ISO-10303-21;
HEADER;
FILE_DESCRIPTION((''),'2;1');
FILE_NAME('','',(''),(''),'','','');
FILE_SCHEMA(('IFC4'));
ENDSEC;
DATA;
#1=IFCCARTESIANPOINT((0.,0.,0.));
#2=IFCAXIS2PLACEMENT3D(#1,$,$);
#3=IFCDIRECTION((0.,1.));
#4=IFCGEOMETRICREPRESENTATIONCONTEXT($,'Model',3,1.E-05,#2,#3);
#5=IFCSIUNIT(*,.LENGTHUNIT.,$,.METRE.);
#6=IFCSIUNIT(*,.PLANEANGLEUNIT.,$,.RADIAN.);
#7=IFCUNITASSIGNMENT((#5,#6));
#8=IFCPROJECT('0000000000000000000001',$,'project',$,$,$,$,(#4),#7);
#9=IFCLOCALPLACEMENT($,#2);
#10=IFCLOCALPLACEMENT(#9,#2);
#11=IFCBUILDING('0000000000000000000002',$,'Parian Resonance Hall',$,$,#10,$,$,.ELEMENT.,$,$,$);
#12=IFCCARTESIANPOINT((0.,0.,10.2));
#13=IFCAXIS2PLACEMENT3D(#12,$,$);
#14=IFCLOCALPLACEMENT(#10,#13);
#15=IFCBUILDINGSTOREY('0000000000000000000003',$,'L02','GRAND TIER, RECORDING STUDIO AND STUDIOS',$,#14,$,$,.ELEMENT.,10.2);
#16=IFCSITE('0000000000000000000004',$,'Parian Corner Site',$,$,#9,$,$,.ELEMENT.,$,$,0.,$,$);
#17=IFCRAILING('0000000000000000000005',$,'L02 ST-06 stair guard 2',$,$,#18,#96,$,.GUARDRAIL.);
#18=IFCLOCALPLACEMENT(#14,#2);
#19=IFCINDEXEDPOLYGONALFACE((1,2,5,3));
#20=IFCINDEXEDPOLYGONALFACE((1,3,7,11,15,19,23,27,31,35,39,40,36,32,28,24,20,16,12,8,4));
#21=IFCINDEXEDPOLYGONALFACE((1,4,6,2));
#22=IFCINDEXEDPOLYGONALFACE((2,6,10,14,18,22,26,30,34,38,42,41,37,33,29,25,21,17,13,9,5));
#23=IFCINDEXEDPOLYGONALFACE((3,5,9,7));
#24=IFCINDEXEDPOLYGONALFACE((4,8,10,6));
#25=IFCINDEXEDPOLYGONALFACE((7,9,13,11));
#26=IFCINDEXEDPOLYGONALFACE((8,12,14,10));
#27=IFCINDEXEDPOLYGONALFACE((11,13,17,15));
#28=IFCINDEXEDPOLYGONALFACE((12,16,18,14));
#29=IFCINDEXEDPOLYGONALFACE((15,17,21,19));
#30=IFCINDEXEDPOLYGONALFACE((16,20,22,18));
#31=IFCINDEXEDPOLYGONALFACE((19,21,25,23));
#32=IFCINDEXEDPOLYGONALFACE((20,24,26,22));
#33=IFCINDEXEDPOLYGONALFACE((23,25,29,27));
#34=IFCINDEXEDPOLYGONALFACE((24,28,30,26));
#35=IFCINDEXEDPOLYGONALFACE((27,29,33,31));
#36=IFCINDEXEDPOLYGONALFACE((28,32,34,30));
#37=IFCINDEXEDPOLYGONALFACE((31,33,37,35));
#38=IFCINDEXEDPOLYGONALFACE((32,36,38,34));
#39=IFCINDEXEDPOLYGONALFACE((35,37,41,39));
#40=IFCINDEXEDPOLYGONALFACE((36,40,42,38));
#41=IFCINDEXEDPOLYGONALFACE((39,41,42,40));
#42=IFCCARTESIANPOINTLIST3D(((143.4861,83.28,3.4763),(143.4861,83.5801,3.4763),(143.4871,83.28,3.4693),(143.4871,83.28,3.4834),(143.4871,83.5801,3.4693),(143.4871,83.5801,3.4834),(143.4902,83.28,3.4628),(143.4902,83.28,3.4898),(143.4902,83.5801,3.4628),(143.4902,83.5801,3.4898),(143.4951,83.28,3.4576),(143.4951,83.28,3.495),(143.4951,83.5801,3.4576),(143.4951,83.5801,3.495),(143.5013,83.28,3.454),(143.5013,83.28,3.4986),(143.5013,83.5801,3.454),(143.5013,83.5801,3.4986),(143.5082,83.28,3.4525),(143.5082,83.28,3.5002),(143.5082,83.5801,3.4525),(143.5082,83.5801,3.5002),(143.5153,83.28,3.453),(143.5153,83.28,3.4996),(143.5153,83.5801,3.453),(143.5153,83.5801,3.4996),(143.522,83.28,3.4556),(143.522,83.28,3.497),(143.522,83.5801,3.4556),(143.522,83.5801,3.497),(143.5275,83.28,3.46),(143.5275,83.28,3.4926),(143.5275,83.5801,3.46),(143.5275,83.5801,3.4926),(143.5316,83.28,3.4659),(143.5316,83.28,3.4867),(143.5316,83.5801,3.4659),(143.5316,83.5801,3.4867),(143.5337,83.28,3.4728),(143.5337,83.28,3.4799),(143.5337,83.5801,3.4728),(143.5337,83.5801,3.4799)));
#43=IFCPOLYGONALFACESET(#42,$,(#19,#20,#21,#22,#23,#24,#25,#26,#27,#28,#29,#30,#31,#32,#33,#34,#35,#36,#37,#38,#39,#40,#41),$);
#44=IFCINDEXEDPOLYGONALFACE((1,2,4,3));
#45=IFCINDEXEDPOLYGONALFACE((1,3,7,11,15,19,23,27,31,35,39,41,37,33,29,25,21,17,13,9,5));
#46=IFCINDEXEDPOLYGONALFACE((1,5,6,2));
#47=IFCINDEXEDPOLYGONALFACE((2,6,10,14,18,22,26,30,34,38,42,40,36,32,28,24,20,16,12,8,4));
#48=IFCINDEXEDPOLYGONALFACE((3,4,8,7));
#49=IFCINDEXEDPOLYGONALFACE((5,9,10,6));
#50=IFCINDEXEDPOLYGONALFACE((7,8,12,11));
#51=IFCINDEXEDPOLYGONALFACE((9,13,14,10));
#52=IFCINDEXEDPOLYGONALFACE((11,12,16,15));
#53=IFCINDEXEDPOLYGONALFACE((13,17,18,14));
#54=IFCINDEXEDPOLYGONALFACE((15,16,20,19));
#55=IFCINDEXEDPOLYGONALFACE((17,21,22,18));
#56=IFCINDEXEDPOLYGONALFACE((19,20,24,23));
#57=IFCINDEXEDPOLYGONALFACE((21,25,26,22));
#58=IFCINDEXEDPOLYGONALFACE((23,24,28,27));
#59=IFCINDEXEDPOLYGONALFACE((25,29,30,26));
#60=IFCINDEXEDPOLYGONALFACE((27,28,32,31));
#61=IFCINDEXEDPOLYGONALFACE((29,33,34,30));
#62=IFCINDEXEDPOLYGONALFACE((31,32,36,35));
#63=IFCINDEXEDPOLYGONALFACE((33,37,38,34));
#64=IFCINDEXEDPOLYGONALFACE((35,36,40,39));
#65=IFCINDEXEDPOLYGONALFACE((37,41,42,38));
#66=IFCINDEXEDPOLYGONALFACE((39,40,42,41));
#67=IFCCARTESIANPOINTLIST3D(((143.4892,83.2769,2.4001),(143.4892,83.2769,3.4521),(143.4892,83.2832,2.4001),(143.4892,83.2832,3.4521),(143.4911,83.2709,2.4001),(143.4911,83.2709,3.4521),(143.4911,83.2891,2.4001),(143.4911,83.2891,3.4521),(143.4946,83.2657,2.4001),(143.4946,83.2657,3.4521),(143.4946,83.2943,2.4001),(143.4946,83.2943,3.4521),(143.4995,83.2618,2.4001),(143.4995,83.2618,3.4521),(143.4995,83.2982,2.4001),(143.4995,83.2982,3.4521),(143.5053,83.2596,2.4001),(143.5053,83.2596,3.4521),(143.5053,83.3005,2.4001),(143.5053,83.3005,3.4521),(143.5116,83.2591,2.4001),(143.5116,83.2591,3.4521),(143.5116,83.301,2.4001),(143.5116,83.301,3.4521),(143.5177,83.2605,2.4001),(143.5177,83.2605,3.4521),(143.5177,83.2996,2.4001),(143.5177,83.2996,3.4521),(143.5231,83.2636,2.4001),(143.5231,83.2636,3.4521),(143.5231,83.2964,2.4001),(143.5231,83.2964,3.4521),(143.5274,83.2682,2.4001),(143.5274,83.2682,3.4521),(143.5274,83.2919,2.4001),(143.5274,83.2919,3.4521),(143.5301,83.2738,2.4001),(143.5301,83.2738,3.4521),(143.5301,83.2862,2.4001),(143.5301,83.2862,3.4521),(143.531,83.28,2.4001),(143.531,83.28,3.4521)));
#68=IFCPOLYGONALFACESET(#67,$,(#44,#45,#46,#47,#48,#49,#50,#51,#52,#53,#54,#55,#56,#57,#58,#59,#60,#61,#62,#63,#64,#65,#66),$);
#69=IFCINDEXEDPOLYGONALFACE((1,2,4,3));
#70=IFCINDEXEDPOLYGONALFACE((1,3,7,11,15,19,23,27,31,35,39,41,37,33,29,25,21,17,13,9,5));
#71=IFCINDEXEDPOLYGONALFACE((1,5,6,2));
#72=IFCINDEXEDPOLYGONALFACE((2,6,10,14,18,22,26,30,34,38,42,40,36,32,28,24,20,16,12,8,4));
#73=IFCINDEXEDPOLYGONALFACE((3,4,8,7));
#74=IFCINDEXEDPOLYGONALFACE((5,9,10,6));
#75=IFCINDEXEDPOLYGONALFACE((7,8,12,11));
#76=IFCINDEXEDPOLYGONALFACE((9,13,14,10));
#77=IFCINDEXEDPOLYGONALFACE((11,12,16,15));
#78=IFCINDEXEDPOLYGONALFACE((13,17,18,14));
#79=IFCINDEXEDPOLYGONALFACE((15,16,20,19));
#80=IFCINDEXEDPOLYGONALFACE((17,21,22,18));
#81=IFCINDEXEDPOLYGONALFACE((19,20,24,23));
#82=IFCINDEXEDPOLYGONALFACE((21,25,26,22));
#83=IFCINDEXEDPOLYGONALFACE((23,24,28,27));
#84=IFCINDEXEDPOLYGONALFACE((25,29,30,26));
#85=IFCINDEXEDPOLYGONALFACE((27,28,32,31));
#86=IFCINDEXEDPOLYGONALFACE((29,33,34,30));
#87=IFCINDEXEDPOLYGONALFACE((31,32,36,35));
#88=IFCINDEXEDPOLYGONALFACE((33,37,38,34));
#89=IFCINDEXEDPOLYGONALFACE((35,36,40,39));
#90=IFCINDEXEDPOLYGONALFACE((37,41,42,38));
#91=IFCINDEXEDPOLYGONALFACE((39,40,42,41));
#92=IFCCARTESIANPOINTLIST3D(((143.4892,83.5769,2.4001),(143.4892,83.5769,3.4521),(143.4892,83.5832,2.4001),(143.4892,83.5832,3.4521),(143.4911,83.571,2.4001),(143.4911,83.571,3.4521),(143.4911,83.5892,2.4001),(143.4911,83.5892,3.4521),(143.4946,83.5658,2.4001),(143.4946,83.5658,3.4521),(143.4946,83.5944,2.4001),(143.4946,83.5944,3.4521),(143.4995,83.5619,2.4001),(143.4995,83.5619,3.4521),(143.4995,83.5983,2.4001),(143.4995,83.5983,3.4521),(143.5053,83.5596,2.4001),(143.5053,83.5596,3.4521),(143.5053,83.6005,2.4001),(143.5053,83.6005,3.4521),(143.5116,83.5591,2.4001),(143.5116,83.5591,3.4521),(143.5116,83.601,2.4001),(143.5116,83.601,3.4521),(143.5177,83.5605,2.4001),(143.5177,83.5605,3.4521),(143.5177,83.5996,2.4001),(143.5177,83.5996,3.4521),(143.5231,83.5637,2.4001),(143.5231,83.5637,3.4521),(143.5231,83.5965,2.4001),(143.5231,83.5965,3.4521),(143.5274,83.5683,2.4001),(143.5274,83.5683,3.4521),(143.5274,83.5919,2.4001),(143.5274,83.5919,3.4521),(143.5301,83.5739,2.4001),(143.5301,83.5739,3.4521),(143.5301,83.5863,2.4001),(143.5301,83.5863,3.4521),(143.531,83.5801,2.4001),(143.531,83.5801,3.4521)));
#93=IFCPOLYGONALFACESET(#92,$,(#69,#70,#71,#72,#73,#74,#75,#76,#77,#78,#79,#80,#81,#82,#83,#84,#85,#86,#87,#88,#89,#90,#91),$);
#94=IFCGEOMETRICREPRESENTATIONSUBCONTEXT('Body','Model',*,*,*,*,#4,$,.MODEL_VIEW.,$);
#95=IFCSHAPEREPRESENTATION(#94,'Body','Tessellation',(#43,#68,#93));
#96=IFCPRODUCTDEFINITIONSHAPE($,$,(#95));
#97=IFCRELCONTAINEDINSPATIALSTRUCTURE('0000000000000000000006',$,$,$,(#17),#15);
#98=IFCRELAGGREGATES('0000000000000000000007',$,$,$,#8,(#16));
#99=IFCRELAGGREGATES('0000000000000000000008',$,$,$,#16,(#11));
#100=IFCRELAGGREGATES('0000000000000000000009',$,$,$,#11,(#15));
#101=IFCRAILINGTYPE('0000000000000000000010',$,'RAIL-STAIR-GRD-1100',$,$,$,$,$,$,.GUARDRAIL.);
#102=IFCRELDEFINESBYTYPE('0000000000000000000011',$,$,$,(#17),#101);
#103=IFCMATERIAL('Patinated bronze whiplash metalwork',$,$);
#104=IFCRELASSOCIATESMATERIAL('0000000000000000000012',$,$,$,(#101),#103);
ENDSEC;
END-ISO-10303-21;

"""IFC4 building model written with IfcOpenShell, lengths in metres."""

from ifc_helpers import new_model, si_unit, direction, frame, origin, origin_2d, place, context, subcontext, project, spatial, circle, extrude, material, type_object, element, save


model = new_model("IFC4")

# Units and contexts
model_context = context("Model", 3, precision=1e-05, world=origin(), true_north=direction((0.0, 1.0)))
body_context = subcontext(model_context, "Body", "Model", "MODEL_VIEW")
ifc_project = project(units=[si_unit("LENGTHUNIT", "METRE"), si_unit("PLANEANGLEUNIT", "RADIAN")], contexts=[model_context])

# Site, building, storey
site_placement = place(None, origin())
site = spatial("IfcSite", under=ifc_project, at=site_placement, Name="Parian Corner Site", CompositionType="ELEMENT", RefElevation=0.0)
building_placement = place(site_placement, origin())
building = spatial("IfcBuilding", under=site, at=building_placement, Name="Parian Resonance Hall", CompositionType="ELEMENT")
storey_placement = place(building_placement, frame((0.0, 0.0, 10.2)))
storey = spatial("IfcBuildingStorey", under=building, at=storey_placement, Name="L02", Description="GRAND TIER, RECORDING STUDIO AND STUDIOS", CompositionType="ELEMENT", Elevation=10.2)

# Railing
ifc_material_1 = material(Name="Patinated bronze whiplash metalwork")
railing_type_1 = type_object("IfcRailingType", Name="RAIL-STAIR-GRD-1100", PredefinedType="GUARDRAIL", material=ifc_material_1)
railing_1_placement = place(storey_placement, frame((143.51, 83.28, 2.4001)))
element("IfcRailing", 1, at=railing_1_placement, inside=storey, type_object=railing_type_1, Name="L02 ST-06 stair guard 2", PredefinedType="GUARDRAIL", context=body_context, shape_type="SweptSolid", body=[
    extrude(circle(Radius=0.0239, at=origin_2d()), frame((0.0, 0.0, 1.0762), z_axis=(0.0, 1.0, 0.0), x_axis=(-1.0, 0.0, 0.0)), (0.0, 0.0, 1.0), 0.3),
    extrude(circle(Radius=0.021, at=origin_2d()), origin(), (0.0, 0.0, 1.0), 1.052),
    extrude(circle(Radius=0.021, at=origin_2d()), frame((0.0, 0.3, 0.0)), (0.0, 0.0, 1.0), 1.052),
])

save(model, "model.ifc")
